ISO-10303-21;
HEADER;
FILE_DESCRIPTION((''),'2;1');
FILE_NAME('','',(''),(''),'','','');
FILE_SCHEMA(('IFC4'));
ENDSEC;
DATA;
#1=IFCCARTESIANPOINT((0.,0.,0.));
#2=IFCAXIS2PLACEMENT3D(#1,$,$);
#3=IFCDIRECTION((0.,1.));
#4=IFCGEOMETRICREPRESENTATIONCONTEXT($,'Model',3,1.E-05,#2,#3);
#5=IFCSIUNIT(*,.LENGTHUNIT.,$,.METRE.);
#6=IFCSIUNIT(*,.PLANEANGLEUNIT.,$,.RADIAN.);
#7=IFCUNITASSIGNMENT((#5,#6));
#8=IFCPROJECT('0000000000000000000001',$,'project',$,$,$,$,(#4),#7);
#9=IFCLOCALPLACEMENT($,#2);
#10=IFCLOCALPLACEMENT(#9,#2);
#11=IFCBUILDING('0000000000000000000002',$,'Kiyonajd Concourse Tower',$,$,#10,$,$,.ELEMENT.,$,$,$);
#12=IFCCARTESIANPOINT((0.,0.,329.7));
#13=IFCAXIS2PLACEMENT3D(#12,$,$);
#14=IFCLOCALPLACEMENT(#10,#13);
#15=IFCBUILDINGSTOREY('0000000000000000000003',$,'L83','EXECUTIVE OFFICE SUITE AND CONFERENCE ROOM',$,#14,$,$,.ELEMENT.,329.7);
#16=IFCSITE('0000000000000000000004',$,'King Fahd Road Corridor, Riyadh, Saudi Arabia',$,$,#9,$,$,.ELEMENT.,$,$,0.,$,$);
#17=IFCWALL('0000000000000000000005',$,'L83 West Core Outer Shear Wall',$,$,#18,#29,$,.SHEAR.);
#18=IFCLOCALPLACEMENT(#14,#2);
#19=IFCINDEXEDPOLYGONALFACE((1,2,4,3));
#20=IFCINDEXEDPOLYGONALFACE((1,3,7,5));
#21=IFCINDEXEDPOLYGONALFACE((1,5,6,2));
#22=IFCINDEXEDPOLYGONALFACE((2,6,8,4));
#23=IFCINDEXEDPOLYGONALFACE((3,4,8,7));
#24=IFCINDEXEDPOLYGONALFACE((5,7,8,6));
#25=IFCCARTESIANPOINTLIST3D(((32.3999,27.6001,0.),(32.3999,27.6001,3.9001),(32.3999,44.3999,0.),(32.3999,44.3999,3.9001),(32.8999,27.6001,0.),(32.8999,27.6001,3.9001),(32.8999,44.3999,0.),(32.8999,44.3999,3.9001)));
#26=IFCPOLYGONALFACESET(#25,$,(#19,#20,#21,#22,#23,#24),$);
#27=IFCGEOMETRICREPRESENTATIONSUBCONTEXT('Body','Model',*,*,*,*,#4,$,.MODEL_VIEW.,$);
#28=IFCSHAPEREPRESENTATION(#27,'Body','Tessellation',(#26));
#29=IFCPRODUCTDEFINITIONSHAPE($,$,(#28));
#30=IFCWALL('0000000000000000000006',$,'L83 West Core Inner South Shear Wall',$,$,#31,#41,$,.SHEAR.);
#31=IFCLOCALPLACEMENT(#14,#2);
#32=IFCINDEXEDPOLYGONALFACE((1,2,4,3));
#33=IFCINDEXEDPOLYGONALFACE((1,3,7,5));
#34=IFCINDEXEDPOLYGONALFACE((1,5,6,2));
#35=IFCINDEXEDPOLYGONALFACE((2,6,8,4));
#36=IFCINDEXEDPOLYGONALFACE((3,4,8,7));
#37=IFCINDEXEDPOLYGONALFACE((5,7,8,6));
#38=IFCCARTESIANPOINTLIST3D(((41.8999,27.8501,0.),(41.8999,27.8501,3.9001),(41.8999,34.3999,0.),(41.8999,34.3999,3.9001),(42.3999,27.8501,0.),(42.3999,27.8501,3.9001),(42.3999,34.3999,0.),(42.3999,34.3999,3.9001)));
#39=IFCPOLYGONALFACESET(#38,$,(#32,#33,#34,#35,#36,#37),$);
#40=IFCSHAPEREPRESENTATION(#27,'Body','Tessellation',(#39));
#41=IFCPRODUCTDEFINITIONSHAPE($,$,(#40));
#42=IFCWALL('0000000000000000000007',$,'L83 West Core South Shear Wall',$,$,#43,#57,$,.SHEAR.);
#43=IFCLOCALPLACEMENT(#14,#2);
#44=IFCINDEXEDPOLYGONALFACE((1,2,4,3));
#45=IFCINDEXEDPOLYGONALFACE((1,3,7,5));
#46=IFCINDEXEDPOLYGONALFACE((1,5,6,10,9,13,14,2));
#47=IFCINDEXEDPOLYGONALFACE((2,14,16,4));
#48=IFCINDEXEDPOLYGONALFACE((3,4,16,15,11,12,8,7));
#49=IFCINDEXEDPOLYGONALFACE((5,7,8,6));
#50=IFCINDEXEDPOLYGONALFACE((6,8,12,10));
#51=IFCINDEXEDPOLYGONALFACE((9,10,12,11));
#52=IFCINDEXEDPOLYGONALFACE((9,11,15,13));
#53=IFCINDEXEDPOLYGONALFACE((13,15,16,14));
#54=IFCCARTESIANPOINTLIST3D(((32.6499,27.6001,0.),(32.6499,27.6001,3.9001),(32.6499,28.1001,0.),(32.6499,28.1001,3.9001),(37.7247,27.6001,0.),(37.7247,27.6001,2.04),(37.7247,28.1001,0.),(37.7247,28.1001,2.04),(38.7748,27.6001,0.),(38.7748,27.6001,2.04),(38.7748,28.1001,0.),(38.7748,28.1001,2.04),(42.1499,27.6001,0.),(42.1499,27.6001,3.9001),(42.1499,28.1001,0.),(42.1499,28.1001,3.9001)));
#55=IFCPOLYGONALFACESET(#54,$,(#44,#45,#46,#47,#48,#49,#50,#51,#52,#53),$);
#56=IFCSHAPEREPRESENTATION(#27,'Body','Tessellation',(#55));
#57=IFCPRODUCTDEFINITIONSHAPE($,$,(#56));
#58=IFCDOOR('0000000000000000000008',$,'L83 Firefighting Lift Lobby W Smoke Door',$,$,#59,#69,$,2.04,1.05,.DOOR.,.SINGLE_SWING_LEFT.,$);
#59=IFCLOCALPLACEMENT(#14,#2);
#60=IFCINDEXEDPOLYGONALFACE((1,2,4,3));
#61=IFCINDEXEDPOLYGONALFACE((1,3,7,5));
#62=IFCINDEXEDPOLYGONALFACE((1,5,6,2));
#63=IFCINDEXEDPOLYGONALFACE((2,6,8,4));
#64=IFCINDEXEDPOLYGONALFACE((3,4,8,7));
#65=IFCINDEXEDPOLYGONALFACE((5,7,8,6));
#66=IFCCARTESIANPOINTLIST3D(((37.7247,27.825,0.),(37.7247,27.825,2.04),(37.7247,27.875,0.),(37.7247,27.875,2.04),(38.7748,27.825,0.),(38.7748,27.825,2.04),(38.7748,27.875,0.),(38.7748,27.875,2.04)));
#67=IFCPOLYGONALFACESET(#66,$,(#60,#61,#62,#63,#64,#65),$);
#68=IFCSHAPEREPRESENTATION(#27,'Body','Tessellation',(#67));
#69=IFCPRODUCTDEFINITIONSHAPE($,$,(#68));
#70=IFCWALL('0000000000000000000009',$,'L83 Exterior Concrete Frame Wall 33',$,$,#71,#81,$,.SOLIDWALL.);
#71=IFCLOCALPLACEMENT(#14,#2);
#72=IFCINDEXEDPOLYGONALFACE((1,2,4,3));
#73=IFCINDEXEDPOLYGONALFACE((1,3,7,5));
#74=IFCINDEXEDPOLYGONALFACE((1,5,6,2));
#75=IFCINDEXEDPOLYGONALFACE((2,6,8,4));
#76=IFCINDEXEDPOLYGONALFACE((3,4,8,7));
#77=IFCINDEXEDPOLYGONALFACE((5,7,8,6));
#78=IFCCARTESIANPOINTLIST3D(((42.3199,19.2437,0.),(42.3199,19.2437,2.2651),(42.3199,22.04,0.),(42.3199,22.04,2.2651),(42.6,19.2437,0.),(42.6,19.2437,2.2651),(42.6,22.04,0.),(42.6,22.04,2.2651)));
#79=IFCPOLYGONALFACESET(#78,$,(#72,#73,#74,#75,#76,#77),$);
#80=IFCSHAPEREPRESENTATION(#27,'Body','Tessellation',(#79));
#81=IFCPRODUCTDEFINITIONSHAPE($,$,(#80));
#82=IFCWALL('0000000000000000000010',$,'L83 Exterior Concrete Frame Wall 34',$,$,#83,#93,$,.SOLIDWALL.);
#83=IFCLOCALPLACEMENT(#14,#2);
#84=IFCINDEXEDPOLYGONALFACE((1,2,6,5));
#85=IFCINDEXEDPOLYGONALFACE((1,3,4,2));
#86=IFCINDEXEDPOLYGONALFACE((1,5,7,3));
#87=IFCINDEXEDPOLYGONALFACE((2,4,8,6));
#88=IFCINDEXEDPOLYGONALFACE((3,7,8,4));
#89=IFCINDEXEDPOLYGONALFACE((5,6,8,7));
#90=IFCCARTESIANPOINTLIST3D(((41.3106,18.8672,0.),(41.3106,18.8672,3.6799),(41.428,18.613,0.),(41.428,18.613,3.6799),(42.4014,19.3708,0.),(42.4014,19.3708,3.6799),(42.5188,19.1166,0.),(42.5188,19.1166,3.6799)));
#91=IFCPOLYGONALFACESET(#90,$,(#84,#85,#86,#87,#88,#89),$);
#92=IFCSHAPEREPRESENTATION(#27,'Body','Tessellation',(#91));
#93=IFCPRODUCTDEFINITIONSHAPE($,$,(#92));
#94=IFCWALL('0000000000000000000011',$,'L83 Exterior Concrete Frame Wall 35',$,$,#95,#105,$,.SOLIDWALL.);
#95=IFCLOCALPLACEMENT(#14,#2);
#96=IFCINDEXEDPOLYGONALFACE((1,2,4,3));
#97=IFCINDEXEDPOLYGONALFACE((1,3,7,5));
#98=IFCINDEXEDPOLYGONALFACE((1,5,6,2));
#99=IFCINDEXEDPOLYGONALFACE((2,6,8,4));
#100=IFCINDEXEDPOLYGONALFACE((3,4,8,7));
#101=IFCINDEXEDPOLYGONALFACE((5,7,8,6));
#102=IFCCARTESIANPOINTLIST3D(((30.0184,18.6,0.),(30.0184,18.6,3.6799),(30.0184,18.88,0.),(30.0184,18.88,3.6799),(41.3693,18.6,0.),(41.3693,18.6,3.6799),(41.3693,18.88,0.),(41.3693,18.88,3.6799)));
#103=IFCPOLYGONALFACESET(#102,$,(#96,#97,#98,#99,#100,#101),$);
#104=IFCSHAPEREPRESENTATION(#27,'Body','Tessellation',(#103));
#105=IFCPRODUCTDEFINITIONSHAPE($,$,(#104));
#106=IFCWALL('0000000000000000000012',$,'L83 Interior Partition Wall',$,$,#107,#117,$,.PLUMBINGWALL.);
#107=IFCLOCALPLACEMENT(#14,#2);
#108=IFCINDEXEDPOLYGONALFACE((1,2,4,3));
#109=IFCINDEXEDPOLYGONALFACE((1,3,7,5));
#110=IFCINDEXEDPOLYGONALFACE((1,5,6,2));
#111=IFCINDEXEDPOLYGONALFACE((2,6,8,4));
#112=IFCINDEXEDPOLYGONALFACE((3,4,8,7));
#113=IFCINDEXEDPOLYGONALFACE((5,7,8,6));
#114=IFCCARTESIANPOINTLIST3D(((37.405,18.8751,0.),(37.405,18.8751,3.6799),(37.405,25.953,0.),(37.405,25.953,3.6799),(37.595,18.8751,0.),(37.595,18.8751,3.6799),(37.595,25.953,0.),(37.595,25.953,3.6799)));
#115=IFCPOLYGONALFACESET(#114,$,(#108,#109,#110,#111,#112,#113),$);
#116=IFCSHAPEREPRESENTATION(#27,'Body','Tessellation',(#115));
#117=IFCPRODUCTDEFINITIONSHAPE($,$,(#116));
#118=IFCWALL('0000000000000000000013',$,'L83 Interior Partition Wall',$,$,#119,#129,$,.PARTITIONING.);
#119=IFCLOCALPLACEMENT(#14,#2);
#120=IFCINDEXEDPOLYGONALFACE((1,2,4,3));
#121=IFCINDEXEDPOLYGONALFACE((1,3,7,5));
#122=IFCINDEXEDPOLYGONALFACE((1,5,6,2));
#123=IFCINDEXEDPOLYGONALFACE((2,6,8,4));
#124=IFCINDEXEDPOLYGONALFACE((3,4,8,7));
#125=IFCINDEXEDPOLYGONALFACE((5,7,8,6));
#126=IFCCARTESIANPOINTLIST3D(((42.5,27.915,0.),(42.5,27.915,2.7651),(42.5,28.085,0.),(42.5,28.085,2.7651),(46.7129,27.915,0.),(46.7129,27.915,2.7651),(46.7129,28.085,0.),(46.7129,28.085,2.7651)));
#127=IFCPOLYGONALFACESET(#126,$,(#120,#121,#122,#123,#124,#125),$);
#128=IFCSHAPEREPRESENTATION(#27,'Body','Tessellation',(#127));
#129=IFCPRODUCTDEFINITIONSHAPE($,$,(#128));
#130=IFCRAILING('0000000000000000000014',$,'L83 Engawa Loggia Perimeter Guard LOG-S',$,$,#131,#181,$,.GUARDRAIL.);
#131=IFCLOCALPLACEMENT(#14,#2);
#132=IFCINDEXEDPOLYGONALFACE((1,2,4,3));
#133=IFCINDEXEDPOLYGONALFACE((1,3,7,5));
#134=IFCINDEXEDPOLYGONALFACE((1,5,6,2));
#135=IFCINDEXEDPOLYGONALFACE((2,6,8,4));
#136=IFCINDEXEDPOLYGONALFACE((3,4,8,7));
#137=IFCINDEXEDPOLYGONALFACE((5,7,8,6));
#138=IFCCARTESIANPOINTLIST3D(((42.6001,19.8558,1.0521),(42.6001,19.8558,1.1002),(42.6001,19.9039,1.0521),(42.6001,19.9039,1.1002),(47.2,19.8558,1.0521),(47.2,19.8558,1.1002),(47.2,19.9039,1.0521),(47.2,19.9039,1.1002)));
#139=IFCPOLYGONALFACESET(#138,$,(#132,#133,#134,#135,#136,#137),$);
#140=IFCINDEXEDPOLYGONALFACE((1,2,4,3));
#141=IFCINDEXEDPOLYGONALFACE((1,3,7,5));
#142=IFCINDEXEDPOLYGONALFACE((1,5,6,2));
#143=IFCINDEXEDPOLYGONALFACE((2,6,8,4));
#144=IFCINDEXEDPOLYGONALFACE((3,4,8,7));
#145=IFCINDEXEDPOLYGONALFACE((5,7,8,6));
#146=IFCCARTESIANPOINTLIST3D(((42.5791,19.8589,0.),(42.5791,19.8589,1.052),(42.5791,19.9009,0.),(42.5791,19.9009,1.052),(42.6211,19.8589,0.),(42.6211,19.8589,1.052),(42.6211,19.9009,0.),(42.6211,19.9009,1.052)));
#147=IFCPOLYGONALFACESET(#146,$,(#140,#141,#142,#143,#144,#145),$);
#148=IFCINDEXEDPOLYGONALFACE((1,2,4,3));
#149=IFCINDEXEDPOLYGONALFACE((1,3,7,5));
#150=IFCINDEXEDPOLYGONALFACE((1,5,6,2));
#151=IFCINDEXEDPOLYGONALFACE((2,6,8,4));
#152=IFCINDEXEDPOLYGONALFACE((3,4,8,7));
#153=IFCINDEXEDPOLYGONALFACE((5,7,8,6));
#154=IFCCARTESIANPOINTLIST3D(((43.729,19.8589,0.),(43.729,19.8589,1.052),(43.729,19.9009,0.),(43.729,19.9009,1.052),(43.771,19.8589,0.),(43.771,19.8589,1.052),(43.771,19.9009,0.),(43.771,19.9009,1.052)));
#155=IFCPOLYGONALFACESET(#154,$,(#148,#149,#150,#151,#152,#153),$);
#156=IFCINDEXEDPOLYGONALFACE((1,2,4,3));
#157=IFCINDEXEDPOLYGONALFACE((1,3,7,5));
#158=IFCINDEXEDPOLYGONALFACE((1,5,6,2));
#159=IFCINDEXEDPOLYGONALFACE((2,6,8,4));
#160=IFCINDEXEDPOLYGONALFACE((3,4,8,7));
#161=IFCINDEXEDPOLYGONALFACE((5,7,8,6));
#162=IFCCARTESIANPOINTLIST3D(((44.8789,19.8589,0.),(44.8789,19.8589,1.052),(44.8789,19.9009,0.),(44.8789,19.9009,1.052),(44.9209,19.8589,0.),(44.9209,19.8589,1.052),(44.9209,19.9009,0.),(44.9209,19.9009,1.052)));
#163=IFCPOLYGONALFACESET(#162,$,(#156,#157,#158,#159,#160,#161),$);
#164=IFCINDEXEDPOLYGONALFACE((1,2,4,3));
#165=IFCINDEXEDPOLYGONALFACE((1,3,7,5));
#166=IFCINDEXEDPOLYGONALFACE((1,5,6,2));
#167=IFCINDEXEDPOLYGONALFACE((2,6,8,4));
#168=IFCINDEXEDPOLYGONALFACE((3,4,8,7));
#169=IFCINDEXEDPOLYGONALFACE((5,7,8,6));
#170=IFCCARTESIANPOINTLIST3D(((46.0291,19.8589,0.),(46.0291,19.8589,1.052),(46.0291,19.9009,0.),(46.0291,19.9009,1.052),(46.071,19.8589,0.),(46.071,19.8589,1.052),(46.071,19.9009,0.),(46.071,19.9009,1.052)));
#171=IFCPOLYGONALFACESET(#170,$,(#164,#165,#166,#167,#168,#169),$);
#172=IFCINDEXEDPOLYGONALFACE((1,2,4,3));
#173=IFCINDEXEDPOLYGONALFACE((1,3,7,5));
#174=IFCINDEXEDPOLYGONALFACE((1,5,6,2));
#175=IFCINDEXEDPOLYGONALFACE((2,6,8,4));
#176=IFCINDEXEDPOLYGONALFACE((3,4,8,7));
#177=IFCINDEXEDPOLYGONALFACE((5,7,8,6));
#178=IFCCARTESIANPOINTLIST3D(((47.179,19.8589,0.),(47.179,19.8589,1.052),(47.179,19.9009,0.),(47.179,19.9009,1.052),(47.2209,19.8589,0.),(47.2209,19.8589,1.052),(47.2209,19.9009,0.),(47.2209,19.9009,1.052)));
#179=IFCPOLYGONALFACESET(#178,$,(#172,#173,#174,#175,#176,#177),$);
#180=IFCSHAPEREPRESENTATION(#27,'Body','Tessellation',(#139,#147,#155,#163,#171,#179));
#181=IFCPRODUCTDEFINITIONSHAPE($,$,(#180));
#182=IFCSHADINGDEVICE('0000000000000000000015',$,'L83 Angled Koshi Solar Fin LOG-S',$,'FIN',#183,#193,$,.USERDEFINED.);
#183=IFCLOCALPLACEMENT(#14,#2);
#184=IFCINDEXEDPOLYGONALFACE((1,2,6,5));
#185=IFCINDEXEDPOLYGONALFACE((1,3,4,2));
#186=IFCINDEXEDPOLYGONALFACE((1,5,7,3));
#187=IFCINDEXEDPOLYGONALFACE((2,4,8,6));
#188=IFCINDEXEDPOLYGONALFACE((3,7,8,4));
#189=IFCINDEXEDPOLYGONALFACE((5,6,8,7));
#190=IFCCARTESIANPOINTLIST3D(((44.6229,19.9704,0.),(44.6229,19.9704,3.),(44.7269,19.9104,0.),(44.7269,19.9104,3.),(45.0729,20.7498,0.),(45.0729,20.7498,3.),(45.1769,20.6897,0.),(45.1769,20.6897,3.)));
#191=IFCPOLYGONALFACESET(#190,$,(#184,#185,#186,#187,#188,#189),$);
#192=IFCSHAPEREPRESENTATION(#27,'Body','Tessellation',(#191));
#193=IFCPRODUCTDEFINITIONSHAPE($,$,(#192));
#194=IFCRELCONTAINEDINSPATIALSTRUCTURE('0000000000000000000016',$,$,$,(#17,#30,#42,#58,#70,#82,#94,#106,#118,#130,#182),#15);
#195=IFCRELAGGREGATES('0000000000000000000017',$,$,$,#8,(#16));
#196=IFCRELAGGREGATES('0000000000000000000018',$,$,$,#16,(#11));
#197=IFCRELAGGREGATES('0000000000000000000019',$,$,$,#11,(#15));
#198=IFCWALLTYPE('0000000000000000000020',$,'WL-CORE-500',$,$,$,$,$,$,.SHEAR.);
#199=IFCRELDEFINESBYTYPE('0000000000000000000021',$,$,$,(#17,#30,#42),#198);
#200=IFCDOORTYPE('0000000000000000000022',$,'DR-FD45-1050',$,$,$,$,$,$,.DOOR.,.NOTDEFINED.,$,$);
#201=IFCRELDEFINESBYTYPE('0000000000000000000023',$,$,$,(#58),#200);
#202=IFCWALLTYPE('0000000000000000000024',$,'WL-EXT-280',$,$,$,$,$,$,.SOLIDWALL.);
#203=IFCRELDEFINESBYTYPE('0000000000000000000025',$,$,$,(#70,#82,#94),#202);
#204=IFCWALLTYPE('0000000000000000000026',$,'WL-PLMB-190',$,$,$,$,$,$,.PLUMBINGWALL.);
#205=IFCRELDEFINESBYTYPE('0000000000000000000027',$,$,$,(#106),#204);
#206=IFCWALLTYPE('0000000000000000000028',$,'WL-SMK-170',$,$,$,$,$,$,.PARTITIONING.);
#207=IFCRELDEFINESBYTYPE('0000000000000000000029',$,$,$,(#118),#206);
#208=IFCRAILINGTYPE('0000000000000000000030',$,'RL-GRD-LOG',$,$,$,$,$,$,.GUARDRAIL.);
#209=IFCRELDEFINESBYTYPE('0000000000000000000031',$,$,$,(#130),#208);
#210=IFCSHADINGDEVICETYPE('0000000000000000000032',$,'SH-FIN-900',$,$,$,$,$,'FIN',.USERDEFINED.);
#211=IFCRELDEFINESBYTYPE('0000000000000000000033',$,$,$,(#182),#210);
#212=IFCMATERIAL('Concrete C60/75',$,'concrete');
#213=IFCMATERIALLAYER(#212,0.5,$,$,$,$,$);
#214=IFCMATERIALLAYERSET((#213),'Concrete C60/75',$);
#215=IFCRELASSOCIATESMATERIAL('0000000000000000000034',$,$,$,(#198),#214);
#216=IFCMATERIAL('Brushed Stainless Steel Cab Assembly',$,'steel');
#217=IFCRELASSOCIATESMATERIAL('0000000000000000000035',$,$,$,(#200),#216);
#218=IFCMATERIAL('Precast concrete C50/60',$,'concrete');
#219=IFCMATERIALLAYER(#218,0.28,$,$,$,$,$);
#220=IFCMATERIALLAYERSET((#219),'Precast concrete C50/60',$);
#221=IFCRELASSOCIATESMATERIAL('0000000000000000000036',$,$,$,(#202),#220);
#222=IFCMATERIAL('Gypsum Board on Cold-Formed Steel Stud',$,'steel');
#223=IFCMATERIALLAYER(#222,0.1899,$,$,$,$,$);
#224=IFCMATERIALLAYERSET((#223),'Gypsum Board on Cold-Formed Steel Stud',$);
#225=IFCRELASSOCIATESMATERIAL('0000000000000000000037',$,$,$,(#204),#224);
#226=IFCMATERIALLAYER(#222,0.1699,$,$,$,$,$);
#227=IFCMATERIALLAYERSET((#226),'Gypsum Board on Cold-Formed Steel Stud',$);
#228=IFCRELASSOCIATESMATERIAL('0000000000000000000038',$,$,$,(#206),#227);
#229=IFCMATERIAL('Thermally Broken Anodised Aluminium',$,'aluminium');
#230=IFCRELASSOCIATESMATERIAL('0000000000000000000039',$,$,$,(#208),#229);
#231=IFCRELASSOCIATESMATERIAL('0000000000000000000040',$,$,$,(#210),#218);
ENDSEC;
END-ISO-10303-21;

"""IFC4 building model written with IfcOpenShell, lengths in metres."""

from ifc_helpers import new_model, si_unit, direction, frame, frame_2d, origin, origin_2d, place, context, subcontext, project, spatial, rectangle, extrude, material, layer, layer_set, type_object, element, fill, save


model = new_model("IFC4")

# Units and contexts
model_context = context("Model", 3, precision=1e-05, world=origin(), true_north=direction((0.0, 1.0)))
body_context = subcontext(model_context, "Body", "Model", "MODEL_VIEW")
ifc_project = project(units=[si_unit("LENGTHUNIT", "METRE"), si_unit("PLANEANGLEUNIT", "RADIAN")], contexts=[model_context])

# Site, building, storey
site_placement = place(None, origin())
site = spatial("IfcSite", under=ifc_project, at=site_placement, Name="King Fahd Road Corridor, Riyadh, Saudi Arabia", CompositionType="ELEMENT", RefElevation=0.0)
building_placement = place(site_placement, origin())
building = spatial("IfcBuilding", under=site, at=building_placement, Name="Kiyonajd Concourse Tower", CompositionType="ELEMENT")
storey_placement = place(building_placement, frame((0.0, 0.0, 329.7)))
storey = spatial("IfcBuildingStorey", under=building, at=storey_placement, Name="L83", Description="EXECUTIVE OFFICE SUITE AND CONFERENCE ROOM", CompositionType="ELEMENT", Elevation=329.7)

# Shared definitions
ifc_material_1 = material(Name="Concrete C60/75", Category="concrete")

# Shared definitions
ifc_material_2 = material(Name="Thermally Broken Anodised Aluminium", Category="aluminium")

# Walls
ifc_layer_1 = layer(ifc_material_1, 0.5)
ifc_layer_set_1 = layer_set([ifc_layer_1], Name="Concrete C60/75")
wall_type_1 = type_object("IfcWallType", Name="WL-CORE-500", PredefinedType="SHEAR", material=ifc_layer_set_1)
wall_1_placement = place(storey_placement, frame((32.6499, 27.6001, 0.0), z_axis=(0.0, 0.0, 1.0), x_axis=(0.0, 1.0, 0.0)))
element("IfcWall", 1, at=wall_1_placement, inside=storey, type_object=wall_type_1, Name="L83 West Core Outer Shear Wall", PredefinedType="SHEAR", context=body_context, shape_type="SweptSolid", body=[
    extrude(rectangle(XDim=16.7998, YDim=0.5, at=frame_2d((8.3999, 0.0))), origin(), (0.0, 0.0, 1.0), 3.9001),
])
wall_2_placement = place(storey_placement, frame((42.1499, 27.8501, 0.0), z_axis=(0.0, 0.0, 1.0), x_axis=(0.0, 1.0, 0.0)))
element("IfcWall", 2, at=wall_2_placement, inside=storey, type_object=wall_type_1, Name="L83 West Core Inner South Shear Wall", PredefinedType="SHEAR", context=body_context, shape_type="SweptSolid", body=[
    extrude(rectangle(XDim=6.5498, YDim=0.5, at=frame_2d((3.2749, 0.0))), origin(), (0.0, 0.0, 1.0), 3.9001),
])

# Wall, opening, door
wall_3_placement = place(storey_placement, frame((32.6499, 27.8501, 0.0), z_axis=(0.0, 0.0, 1.0), x_axis=(1.0, 0.0, 0.0)))
wall_3 = element("IfcWall", 3, at=wall_3_placement, inside=storey, type_object=wall_type_1, Name="L83 West Core South Shear Wall", PredefinedType="SHEAR", context=body_context, shape_type="SweptSolid", body=[
    extrude(rectangle(XDim=9.5, YDim=0.5, at=frame_2d((4.75, 0.0))), origin(), (0.0, 0.0, 1.0), 3.9001),
])
opening_placement = place(wall_3_placement, frame((5.075, 0.0, 0.0)))
opening = element("IfcOpeningElement", 4, at=opening_placement, cuts=wall_3, PredefinedType="OPENING", context=body_context, shape_type="SweptSolid", body=[
    extrude(rectangle(XDim=1.05, YDim=2.04, at=frame_2d((0.5249, 1.02))), frame((0.0, 0.26, 0.0), z_axis=(0.0, -1.0, 0.0), x_axis=(1.0, 0.0, 0.0)), (0.0, 0.0, 1.0), 0.52),
])
ifc_material_3 = material(Name="Brushed Stainless Steel Cab Assembly", Category="steel")
door_type = type_object("IfcDoorType", Name="DR-FD45-1050", OperationType="NOTDEFINED", PredefinedType="DOOR", material=ifc_material_3)
door_placement = place(opening_placement, origin())
door = element("IfcDoor", 5, at=door_placement, inside=storey, type_object=door_type, Name="L83 Firefighting Lift Lobby W Smoke Door", OperationType="SINGLE_SWING_LEFT", OverallHeight=2.04, OverallWidth=1.05, PredefinedType="DOOR", context=body_context, shape_type="SweptSolid", body=[
    extrude(rectangle(XDim=1.05, YDim=2.04, at=frame_2d((0.5249, 1.02))), frame((0.0, 0.0249, 0.0), z_axis=(0.0, -1.0, 0.0), x_axis=(1.0, 0.0, 0.0)), (0.0, 0.0, 1.0), 0.05),
])
fill(opening, door)

# Walls
ifc_material_4 = material(Name="Precast concrete C50/60", Category="concrete")
ifc_layer_2 = layer(ifc_material_4, 0.28)
ifc_layer_set_2 = layer_set([ifc_layer_2], Name="Precast concrete C50/60")
wall_type_2 = type_object("IfcWallType", Name="WL-EXT-280", PredefinedType="SOLIDWALL", material=ifc_layer_set_2)
wall_4_placement = place(storey_placement, frame((42.46, 22.04, 0.0), z_axis=(0.0, 0.0, 1.0), x_axis=(0.0, -1.0, 0.0)))
element("IfcWall", 6, at=wall_4_placement, inside=storey, type_object=wall_type_2, Name="L83 Exterior Concrete Frame Wall 33", PredefinedType="SOLIDWALL", context=body_context, shape_type="SweptSolid", body=[
    extrude(rectangle(XDim=2.7964, YDim=0.28, at=frame_2d((1.3982, 0.0))), origin(), (0.0, 0.0, 1.0), 2.2651),
])
wall_5_placement = place(storey_placement, frame((42.46, 19.2437, 0.0), z_axis=(0.0, 0.0, 1.0), x_axis=(-0.907894, -0.4192, 0.0)))
element("IfcWall", 7, at=wall_5_placement, inside=storey, type_object=wall_type_2, Name="L83 Exterior Concrete Frame Wall 34", PredefinedType="SOLIDWALL", context=body_context, shape_type="SweptSolid", body=[
    extrude(rectangle(XDim=1.2014, YDim=0.28, at=frame_2d((0.6006, 0.0))), origin(), (0.0, 0.0, 1.0), 3.6799),
])
wall_6_placement = place(storey_placement, frame((41.3691, 18.74, 0.0), z_axis=(0.0, 0.0, 1.0), x_axis=(-1.0, 0.0, 0.0)))
element("IfcWall", 8, at=wall_6_placement, inside=storey, type_object=wall_type_2, Name="L83 Exterior Concrete Frame Wall 35", PredefinedType="SOLIDWALL", context=body_context, shape_type="SweptSolid", body=[
    extrude(rectangle(XDim=11.3508, YDim=0.28, at=frame_2d((5.6753, 0.0))), origin(), (0.0, 0.0, 1.0), 3.6799),
])
ifc_material_5 = material(Name="Gypsum Board on Cold-Formed Steel Stud", Category="steel")
ifc_layer_3 = layer(ifc_material_5, 0.1899)
ifc_layer_set_3 = layer_set([ifc_layer_3], Name="Gypsum Board on Cold-Formed Steel Stud")
wall_type_3 = type_object("IfcWallType", Name="WL-PLMB-190", PredefinedType="PLUMBINGWALL", material=ifc_layer_set_3)
wall_7_placement = place(storey_placement, frame((37.5, 18.875, 0.0), z_axis=(0.0, 0.0, 1.0), x_axis=(0.0, 1.0, 0.0)))
element("IfcWall", 9, at=wall_7_placement, inside=storey, type_object=wall_type_3, Name="L83 Interior Partition Wall", PredefinedType="PLUMBINGWALL", context=body_context, shape_type="SweptSolid", body=[
    extrude(rectangle(XDim=7.0779, YDim=0.1899, at=frame_2d((3.5391, 0.0))), origin(), (0.0, 0.0, 1.0), 3.6799),
])
ifc_layer_4 = layer(ifc_material_5, 0.1699)
ifc_layer_set_4 = layer_set([ifc_layer_4], Name="Gypsum Board on Cold-Formed Steel Stud")
wall_type_4 = type_object("IfcWallType", Name="WL-SMK-170", PredefinedType="PARTITIONING", material=ifc_layer_set_4)
wall_8_placement = place(storey_placement, frame((42.5, 28.0, 0.0), z_axis=(0.0, 0.0, 1.0), x_axis=(1.0, 0.0, 0.0)))
element("IfcWall", 10, at=wall_8_placement, inside=storey, type_object=wall_type_4, Name="L83 Interior Partition Wall", PredefinedType="PARTITIONING", context=body_context, shape_type="SweptSolid", body=[
    extrude(rectangle(XDim=4.2129, YDim=0.1699, at=frame_2d((2.1064, 0.0))), origin(), (0.0, 0.0, 1.0), 2.7651),
])

# Railing
railing_type = type_object("IfcRailingType", Name="RL-GRD-LOG", PredefinedType="GUARDRAIL", material=ifc_material_2)
railing_placement = place(storey_placement, frame((42.6001, 19.8799, 0.0)))
element("IfcRailing", 11, at=railing_placement, inside=storey, type_object=railing_type, Name="L83 Engawa Loggia Perimeter Guard LOG-S", PredefinedType="GUARDRAIL", context=body_context, shape_type="SweptSolid", body=[
    extrude(rectangle(XDim=0.0481, YDim=0.0481, at=origin_2d()), frame((0.0, 0.0, 1.0762), z_axis=(1.0, 0.0, 0.0), x_axis=(0.0, 1.0, 0.0)), (0.0, 0.0, 1.0), 4.5999),
    extrude(rectangle(XDim=0.042, YDim=0.042, at=origin_2d()), origin(), (0.0, 0.0, 1.0), 1.052),
    extrude(rectangle(XDim=0.042, YDim=0.042, at=origin_2d()), frame((1.1499, 0.0, 0.0)), (0.0, 0.0, 1.0), 1.052),
    extrude(rectangle(XDim=0.042, YDim=0.042, at=origin_2d()), frame((2.2998, 0.0, 0.0)), (0.0, 0.0, 1.0), 1.052),
    extrude(rectangle(XDim=0.042, YDim=0.042, at=origin_2d()), frame((3.45, 0.0, 0.0)), (0.0, 0.0, 1.0), 1.052),
    extrude(rectangle(XDim=0.042, YDim=0.042, at=origin_2d()), frame((4.5999, 0.0, 0.0)), (0.0, 0.0, 1.0), 1.052),
])

# Shading device
shading_device_type_1 = type_object("IfcShadingDeviceType", Name="SH-FIN-900", ElementType="FIN", PredefinedType="USERDEFINED", material=ifc_material_4)
shading_device_1_placement = place(storey_placement, frame((44.8999, 20.3301, 0.0), z_axis=(0.0, 0.0, 1.0), x_axis=(0.5, 0.866025, 0.0)))
element("IfcShadingDevice", 12, at=shading_device_1_placement, inside=storey, type_object=shading_device_type_1, Name="L83 Angled Koshi Solar Fin LOG-S", ObjectType="FIN", PredefinedType="USERDEFINED", context=body_context, shape_type="SweptSolid", body=[
    extrude(rectangle(XDim=0.8999, YDim=0.1201, at=origin_2d()), origin(), (0.0, 0.0, 1.0), 3.0),
])

save(model, "model.ifc")
